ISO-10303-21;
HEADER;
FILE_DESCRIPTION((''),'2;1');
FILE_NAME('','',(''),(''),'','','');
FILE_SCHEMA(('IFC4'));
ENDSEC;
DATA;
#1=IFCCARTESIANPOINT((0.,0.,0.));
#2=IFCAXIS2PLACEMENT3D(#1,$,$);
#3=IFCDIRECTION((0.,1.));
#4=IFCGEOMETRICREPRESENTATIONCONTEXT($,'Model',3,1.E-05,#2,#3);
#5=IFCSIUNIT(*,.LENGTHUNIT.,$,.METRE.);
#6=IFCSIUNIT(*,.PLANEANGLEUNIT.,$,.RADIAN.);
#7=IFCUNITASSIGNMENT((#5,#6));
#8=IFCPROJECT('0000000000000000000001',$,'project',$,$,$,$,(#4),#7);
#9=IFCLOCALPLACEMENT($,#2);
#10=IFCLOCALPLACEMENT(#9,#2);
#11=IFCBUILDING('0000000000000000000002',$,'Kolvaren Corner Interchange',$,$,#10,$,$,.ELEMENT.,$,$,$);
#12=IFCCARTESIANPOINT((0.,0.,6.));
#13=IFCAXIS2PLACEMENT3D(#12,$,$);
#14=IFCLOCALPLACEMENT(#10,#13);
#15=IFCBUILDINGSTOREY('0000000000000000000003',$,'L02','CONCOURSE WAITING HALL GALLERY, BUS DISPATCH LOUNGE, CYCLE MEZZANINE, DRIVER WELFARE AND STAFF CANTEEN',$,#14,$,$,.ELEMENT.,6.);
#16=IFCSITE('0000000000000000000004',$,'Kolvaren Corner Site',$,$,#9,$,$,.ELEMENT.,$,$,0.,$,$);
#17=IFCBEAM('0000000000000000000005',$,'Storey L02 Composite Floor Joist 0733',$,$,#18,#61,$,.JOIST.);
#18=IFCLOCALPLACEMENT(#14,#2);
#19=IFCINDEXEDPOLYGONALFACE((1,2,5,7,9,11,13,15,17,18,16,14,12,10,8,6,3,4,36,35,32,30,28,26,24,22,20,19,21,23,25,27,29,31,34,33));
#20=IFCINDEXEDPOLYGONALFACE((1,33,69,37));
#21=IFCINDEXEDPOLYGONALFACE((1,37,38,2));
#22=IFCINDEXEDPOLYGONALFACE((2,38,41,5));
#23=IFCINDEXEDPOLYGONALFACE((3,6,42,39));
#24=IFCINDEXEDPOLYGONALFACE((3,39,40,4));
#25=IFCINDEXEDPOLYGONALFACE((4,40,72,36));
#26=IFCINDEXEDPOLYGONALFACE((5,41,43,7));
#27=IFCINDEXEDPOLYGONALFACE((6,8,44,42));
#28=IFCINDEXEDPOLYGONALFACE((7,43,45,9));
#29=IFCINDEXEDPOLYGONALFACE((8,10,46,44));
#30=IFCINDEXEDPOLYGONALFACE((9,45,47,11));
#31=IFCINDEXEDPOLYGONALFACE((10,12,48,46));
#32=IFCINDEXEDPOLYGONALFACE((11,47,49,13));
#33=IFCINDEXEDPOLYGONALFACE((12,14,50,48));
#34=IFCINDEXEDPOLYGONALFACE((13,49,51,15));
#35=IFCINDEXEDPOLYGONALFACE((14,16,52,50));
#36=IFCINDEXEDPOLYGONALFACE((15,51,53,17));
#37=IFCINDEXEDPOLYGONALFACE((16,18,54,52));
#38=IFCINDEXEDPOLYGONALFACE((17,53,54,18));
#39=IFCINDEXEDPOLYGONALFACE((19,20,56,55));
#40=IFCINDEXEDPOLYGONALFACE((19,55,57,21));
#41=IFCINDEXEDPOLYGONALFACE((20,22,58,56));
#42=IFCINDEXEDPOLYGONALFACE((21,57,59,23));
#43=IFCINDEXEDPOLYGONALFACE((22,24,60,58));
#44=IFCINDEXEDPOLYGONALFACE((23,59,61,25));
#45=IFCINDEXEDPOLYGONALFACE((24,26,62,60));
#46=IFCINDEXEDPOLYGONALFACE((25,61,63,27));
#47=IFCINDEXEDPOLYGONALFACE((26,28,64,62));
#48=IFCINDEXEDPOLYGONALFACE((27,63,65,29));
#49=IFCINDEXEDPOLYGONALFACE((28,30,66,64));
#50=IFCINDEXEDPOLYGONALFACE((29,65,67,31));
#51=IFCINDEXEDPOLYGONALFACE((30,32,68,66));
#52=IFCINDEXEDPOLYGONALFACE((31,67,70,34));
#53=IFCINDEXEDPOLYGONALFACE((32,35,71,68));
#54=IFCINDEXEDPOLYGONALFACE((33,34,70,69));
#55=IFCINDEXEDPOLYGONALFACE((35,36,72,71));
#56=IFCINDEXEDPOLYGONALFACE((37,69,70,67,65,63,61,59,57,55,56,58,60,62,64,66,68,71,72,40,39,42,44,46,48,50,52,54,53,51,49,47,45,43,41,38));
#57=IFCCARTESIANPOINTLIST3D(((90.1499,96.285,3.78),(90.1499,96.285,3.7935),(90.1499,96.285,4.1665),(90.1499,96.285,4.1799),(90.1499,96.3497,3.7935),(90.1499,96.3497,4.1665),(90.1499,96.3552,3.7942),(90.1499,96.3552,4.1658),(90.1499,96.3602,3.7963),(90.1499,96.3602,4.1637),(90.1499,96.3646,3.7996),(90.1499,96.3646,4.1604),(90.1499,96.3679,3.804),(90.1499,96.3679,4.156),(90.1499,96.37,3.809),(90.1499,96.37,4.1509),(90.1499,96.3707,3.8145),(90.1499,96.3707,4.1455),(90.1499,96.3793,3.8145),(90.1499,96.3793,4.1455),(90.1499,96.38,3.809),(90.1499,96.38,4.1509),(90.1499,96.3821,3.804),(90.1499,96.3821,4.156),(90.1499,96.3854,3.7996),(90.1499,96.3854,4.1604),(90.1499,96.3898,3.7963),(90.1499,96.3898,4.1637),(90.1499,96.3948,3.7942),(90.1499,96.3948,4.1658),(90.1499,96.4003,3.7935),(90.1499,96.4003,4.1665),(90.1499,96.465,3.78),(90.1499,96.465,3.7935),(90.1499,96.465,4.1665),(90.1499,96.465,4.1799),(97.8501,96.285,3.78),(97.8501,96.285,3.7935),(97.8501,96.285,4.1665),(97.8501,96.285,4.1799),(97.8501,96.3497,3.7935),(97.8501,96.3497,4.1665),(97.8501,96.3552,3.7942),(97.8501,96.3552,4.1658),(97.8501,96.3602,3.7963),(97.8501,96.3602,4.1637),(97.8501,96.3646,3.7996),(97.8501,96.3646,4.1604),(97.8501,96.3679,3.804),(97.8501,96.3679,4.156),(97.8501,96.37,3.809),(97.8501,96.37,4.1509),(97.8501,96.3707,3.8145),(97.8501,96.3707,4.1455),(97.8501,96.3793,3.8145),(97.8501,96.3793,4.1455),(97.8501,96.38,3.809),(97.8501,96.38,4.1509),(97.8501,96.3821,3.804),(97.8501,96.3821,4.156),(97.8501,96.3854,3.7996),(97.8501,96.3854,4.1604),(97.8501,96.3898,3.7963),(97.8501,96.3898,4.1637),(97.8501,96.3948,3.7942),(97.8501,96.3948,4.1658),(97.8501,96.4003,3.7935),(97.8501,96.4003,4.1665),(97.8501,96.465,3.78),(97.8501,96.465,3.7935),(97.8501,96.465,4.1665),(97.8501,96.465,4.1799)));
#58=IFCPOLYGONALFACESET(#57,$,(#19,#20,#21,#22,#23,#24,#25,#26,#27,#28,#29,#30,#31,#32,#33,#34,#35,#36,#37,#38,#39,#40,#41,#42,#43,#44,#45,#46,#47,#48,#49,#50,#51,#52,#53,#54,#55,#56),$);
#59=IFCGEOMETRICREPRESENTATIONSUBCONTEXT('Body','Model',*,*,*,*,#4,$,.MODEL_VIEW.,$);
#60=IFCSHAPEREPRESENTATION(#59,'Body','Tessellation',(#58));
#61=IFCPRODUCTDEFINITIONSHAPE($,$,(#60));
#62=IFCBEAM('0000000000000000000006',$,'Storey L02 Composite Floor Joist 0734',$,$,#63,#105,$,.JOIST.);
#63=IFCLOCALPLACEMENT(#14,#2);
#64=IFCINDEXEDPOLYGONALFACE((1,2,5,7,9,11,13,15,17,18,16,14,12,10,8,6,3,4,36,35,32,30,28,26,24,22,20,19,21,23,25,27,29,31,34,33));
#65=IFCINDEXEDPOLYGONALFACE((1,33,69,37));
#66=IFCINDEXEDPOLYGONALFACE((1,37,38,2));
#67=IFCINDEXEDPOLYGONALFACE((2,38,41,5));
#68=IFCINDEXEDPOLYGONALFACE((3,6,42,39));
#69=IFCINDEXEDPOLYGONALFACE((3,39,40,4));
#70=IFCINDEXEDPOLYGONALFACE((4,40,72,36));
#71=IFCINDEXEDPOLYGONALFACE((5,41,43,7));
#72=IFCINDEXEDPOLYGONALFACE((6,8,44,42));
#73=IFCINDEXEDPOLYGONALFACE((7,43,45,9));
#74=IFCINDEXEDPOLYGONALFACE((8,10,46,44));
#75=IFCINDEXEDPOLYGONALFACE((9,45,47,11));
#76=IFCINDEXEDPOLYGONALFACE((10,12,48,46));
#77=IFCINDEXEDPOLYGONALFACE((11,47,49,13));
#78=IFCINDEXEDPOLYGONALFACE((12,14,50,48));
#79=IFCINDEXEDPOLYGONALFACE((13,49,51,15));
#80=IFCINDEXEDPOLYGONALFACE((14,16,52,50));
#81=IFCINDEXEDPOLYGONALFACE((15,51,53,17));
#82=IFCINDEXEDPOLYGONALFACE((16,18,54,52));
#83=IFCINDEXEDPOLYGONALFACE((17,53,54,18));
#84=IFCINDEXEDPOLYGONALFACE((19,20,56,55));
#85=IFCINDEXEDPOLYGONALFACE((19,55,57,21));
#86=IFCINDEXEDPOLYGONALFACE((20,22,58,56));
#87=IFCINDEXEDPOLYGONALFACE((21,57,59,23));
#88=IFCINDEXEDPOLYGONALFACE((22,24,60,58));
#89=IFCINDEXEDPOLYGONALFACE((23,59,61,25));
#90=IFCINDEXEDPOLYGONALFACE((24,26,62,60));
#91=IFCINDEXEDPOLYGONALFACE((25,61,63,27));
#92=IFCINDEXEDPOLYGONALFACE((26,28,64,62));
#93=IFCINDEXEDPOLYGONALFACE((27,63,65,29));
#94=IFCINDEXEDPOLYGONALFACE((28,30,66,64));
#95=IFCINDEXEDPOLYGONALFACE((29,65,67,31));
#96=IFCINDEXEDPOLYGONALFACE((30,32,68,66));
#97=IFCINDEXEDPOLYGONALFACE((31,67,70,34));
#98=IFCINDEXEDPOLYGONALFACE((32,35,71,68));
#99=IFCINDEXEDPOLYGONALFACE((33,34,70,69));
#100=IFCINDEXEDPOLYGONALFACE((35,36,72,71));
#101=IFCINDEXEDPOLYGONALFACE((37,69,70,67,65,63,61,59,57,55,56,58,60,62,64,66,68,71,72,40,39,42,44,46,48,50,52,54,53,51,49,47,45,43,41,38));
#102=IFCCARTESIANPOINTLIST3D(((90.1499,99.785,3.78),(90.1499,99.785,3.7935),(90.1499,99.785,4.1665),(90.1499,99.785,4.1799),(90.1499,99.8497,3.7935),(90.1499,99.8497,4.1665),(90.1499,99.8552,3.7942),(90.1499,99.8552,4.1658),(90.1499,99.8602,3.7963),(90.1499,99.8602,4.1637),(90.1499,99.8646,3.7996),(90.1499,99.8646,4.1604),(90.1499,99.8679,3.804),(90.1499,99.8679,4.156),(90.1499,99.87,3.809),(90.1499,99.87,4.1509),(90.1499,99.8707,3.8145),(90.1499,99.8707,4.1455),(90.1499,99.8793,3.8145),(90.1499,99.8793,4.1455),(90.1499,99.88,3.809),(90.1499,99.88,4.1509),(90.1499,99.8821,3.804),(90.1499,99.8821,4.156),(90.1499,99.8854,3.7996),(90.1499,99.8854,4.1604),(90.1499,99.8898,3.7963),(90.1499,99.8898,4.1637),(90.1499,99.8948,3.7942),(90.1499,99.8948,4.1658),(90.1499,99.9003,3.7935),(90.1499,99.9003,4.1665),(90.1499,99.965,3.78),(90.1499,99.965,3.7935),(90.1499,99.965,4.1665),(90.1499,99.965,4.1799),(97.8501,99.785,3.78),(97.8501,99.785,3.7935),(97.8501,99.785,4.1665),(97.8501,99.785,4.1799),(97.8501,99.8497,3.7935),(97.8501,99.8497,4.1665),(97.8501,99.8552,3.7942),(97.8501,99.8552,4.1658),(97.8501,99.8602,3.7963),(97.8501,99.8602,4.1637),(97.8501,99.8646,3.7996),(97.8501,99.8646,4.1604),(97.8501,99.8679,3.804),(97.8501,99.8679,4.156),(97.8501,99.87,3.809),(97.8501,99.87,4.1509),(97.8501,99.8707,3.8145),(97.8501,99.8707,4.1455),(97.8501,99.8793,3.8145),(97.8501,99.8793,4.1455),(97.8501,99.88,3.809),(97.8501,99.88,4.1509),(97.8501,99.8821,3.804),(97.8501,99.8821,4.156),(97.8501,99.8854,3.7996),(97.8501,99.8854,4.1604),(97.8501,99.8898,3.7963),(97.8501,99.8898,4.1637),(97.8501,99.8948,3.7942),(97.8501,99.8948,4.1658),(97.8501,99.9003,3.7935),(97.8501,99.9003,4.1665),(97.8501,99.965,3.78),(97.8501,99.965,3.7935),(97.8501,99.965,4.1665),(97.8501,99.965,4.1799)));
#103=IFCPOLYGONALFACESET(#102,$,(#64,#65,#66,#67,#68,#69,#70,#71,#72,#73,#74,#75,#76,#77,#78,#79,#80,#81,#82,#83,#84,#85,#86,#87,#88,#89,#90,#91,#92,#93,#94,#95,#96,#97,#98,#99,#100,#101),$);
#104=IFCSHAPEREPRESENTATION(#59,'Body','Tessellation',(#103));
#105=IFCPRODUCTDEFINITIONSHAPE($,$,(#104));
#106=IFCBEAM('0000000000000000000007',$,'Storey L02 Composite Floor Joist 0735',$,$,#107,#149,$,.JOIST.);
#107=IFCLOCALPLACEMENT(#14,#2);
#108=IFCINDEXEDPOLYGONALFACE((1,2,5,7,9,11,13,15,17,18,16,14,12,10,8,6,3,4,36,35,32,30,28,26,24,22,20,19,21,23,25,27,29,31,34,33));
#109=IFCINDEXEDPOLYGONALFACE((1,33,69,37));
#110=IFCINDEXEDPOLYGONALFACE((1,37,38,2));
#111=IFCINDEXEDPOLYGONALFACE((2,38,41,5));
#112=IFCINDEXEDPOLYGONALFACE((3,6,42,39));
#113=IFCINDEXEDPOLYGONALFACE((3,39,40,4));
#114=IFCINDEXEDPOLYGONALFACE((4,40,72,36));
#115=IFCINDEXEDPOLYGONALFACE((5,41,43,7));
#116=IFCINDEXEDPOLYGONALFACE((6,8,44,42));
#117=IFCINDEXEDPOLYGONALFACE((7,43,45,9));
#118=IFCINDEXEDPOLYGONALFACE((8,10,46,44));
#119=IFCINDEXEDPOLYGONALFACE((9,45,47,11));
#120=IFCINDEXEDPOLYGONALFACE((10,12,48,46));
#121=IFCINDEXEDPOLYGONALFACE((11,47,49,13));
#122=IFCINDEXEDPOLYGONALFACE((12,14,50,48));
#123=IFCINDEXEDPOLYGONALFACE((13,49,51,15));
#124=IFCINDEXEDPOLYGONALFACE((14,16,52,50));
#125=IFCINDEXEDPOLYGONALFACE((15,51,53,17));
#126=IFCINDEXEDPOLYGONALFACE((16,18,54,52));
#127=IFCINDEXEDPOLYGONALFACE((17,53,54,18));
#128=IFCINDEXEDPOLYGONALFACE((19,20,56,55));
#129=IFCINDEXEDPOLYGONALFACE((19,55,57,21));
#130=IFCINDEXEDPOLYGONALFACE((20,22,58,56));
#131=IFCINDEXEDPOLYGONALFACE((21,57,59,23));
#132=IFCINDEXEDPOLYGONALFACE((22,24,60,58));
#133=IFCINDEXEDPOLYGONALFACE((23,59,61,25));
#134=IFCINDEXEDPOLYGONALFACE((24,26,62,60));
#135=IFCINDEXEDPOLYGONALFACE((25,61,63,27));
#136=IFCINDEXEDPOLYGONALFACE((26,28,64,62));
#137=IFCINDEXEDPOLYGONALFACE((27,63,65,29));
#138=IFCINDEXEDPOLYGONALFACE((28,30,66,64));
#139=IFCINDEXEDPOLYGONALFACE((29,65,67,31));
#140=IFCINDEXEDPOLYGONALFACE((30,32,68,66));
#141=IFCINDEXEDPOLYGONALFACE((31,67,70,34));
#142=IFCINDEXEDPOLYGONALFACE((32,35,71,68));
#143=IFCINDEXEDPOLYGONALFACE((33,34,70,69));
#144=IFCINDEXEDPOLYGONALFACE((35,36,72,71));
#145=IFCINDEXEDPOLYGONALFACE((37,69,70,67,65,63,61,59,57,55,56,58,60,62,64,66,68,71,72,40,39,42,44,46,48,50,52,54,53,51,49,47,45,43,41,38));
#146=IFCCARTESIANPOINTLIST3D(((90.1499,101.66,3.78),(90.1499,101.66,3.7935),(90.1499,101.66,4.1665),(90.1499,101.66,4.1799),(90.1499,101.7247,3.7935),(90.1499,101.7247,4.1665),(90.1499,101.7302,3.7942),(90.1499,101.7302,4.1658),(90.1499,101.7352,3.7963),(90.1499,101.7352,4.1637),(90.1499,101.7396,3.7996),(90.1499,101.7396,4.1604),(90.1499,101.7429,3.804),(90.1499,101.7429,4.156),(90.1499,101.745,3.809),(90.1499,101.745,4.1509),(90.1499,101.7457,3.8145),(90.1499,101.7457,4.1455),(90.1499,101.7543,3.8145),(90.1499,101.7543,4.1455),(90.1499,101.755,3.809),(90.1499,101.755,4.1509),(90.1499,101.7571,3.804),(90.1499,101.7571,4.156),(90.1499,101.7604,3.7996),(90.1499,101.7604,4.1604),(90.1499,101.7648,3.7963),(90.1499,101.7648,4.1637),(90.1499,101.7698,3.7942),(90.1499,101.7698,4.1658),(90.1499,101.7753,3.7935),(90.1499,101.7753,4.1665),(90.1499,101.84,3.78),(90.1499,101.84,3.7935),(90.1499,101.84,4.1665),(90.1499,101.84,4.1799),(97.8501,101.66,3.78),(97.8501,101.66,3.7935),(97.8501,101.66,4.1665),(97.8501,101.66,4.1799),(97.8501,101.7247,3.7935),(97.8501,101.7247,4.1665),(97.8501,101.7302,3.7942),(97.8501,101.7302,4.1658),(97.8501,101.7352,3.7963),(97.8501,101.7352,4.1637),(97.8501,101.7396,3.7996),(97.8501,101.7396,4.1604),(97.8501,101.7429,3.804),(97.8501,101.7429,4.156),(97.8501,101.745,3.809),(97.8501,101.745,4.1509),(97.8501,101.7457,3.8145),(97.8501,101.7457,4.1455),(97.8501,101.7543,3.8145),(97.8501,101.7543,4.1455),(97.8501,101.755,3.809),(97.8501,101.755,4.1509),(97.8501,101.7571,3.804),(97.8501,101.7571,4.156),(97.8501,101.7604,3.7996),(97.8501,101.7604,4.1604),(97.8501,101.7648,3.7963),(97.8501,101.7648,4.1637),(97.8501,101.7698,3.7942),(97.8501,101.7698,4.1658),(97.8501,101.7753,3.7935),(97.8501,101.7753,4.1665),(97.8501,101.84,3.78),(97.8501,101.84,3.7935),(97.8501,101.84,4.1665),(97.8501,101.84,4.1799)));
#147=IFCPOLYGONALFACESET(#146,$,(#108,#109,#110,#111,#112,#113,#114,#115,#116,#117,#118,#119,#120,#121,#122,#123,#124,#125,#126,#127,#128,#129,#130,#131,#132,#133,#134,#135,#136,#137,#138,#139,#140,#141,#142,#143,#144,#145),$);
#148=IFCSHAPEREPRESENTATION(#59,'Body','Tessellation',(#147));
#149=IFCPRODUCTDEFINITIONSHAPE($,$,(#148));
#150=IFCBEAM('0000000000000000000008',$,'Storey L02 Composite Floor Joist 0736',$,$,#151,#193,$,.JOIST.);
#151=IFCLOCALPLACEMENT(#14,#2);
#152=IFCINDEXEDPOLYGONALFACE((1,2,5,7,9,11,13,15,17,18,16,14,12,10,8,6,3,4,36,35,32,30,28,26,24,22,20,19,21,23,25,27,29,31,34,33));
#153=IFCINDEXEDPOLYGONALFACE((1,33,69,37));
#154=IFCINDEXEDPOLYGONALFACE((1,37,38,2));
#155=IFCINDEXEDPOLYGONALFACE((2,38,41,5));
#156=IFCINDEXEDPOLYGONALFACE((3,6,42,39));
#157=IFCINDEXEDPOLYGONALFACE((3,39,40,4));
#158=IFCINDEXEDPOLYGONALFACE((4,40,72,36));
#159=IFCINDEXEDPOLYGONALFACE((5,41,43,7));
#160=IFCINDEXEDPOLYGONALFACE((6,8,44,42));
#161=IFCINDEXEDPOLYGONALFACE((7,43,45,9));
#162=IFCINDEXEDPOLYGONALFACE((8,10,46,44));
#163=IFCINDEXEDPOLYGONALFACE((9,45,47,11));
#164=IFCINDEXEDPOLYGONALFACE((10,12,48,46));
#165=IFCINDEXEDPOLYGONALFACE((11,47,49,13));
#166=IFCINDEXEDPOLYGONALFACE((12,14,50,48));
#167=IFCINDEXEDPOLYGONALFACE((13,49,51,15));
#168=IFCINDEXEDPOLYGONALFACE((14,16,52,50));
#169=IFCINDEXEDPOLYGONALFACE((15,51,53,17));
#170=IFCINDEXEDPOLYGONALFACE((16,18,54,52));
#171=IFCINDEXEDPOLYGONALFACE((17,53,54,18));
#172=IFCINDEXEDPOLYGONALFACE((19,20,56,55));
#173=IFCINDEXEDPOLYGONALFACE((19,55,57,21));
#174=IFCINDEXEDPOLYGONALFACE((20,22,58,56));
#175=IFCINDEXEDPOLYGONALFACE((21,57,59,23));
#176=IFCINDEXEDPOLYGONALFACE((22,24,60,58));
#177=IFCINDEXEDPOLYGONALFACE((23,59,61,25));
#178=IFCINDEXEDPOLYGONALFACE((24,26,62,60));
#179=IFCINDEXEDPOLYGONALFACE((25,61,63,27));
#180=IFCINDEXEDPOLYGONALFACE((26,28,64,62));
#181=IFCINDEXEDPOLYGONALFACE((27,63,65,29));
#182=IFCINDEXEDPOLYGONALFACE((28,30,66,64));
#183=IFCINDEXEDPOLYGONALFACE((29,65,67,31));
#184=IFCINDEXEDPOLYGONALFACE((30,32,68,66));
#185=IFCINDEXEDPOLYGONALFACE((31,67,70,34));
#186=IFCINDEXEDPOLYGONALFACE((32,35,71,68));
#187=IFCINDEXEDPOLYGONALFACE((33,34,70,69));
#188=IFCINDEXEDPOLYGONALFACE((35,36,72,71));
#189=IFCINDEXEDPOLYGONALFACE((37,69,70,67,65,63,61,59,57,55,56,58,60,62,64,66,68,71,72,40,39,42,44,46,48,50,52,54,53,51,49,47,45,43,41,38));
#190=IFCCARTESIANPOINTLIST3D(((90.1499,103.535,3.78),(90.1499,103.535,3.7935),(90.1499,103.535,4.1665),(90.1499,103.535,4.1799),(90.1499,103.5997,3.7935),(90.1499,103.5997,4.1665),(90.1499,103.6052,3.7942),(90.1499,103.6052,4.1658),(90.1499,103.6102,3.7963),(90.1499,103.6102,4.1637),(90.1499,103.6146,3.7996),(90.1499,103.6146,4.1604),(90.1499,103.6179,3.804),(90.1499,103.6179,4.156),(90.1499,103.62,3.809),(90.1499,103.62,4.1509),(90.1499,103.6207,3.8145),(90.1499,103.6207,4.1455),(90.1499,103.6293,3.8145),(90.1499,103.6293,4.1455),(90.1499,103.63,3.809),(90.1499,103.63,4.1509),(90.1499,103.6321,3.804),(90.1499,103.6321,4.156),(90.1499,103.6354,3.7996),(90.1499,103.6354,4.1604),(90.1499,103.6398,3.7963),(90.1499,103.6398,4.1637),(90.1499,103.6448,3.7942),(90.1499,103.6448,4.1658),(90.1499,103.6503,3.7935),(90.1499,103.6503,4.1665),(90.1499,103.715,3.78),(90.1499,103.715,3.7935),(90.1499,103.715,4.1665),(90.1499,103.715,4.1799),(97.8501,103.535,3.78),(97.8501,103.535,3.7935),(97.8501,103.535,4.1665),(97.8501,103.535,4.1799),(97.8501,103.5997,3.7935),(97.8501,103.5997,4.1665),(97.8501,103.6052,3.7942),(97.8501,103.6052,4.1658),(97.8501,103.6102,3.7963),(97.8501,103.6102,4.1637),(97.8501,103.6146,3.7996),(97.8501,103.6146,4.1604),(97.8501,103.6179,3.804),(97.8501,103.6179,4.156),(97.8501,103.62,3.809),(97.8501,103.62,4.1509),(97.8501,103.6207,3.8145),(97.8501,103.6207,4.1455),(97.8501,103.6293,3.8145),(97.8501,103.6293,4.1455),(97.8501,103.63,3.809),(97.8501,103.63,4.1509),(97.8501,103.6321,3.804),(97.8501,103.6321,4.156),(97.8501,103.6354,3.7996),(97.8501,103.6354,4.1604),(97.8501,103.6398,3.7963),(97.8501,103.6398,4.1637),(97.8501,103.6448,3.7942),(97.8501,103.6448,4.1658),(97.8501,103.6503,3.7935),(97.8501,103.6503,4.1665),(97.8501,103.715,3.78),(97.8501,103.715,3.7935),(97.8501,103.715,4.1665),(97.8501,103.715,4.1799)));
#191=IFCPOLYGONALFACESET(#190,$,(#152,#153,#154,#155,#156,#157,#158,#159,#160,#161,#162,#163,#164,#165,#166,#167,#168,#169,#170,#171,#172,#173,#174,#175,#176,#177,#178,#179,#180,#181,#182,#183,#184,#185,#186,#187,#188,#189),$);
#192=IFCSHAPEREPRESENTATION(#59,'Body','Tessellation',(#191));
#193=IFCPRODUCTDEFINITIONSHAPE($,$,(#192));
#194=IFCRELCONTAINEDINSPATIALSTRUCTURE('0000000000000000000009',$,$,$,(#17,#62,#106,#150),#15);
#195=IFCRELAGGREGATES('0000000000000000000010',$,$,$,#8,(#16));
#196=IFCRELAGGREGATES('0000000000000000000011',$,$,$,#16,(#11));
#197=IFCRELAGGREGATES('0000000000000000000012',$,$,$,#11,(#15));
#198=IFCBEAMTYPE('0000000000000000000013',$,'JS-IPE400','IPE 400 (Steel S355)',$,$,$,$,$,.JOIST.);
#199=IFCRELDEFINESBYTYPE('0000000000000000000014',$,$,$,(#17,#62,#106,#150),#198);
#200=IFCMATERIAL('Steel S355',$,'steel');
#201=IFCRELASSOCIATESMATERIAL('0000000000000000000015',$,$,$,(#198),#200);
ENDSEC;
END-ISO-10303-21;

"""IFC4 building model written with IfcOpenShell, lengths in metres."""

from ifc_helpers import new_model, si_unit, direction, frame, origin, origin_2d, place, context, subcontext, project, spatial, i_section, extrude, material, material_profile, profile_set, type_object, element, save


model = new_model("IFC4")

# Units and contexts
model_context = context("Model", 3, precision=1e-05, world=origin(), true_north=direction((0.0, 1.0)))
body_context = subcontext(model_context, "Body", "Model", "MODEL_VIEW")
ifc_project = project(units=[si_unit("LENGTHUNIT", "METRE"), si_unit("PLANEANGLEUNIT", "RADIAN")], contexts=[model_context])

# Site, building, storey
site_placement = place(None, origin())
site = spatial("IfcSite", under=ifc_project, at=site_placement, Name="Kolvaren Corner Site", CompositionType="ELEMENT", RefElevation=0.0)
building_placement = place(site_placement, origin())
building = spatial("IfcBuilding", under=site, at=building_placement, Name="Kolvaren Corner Interchange", CompositionType="ELEMENT")
storey_placement = place(building_placement, frame((0.0, 0.0, 6.0)))
storey = spatial("IfcBuildingStorey", under=building, at=storey_placement, Name="L02", Description="CONCOURSE WAITING HALL GALLERY, BUS DISPATCH LOUNGE, CYCLE MEZZANINE, DRIVER WELFARE AND STAFF CANTEEN", CompositionType="ELEMENT", Elevation=6.0)

# Beams
ifc_material_1 = material(Name="Steel S355", Category="steel")
ifc_material_profile_1 = material_profile(ifc_material_1, i_section(OverallWidth=0.1799, OverallDepth=0.3999, WebThickness=0.0085, FlangeThickness=0.0134, FilletRadius=0.021, at=origin_2d()), Name="IPE 400")
ifc_profile_set_1 = profile_set([ifc_material_profile_1], Name="Steel S355")
beam_type_1 = type_object("IfcBeamType", Name="JS-IPE400", Description="IPE 400 (Steel S355)", PredefinedType="JOIST", material=ifc_profile_set_1)
for number, where, z_axis, x_axis, name in (
    (1, (90.1499, 96.375, 3.98), (1.0, 0.0, 0.0), (0.0, 1.0, 0.0), "Storey L02 Composite Floor Joist 0733"),
    (2, (90.1499, 99.875, 3.98), (1.0, 0.0, 0.0), (0.0, 1.0, 0.0), "Storey L02 Composite Floor Joist 0734"),
    (3, (90.1499, 101.75, 3.98), (1.0, 0.0, 0.0), (0.0, 1.0, 0.0), "Storey L02 Composite Floor Joist 0735"),
    (4, (90.1499, 103.625, 3.98), (1.0, 0.0, 0.0), (0.0, 1.0, 0.0), "Storey L02 Composite Floor Joist 0736"),
):
    element("IfcBeam", number, at=place(storey_placement, frame(where, z_axis=z_axis, x_axis=x_axis)), inside=storey, type_object=beam_type_1, Name=name, PredefinedType="JOIST", context=body_context, shape_type="SweptSolid", body=[
        extrude(i_section(OverallWidth=0.1799, OverallDepth=0.3999, WebThickness=0.0085, FlangeThickness=0.0134, FilletRadius=0.021, at=origin_2d()), origin(), (0.0, 0.0, 1.0), 7.7002),
    ])

save(model, "model.ifc")
